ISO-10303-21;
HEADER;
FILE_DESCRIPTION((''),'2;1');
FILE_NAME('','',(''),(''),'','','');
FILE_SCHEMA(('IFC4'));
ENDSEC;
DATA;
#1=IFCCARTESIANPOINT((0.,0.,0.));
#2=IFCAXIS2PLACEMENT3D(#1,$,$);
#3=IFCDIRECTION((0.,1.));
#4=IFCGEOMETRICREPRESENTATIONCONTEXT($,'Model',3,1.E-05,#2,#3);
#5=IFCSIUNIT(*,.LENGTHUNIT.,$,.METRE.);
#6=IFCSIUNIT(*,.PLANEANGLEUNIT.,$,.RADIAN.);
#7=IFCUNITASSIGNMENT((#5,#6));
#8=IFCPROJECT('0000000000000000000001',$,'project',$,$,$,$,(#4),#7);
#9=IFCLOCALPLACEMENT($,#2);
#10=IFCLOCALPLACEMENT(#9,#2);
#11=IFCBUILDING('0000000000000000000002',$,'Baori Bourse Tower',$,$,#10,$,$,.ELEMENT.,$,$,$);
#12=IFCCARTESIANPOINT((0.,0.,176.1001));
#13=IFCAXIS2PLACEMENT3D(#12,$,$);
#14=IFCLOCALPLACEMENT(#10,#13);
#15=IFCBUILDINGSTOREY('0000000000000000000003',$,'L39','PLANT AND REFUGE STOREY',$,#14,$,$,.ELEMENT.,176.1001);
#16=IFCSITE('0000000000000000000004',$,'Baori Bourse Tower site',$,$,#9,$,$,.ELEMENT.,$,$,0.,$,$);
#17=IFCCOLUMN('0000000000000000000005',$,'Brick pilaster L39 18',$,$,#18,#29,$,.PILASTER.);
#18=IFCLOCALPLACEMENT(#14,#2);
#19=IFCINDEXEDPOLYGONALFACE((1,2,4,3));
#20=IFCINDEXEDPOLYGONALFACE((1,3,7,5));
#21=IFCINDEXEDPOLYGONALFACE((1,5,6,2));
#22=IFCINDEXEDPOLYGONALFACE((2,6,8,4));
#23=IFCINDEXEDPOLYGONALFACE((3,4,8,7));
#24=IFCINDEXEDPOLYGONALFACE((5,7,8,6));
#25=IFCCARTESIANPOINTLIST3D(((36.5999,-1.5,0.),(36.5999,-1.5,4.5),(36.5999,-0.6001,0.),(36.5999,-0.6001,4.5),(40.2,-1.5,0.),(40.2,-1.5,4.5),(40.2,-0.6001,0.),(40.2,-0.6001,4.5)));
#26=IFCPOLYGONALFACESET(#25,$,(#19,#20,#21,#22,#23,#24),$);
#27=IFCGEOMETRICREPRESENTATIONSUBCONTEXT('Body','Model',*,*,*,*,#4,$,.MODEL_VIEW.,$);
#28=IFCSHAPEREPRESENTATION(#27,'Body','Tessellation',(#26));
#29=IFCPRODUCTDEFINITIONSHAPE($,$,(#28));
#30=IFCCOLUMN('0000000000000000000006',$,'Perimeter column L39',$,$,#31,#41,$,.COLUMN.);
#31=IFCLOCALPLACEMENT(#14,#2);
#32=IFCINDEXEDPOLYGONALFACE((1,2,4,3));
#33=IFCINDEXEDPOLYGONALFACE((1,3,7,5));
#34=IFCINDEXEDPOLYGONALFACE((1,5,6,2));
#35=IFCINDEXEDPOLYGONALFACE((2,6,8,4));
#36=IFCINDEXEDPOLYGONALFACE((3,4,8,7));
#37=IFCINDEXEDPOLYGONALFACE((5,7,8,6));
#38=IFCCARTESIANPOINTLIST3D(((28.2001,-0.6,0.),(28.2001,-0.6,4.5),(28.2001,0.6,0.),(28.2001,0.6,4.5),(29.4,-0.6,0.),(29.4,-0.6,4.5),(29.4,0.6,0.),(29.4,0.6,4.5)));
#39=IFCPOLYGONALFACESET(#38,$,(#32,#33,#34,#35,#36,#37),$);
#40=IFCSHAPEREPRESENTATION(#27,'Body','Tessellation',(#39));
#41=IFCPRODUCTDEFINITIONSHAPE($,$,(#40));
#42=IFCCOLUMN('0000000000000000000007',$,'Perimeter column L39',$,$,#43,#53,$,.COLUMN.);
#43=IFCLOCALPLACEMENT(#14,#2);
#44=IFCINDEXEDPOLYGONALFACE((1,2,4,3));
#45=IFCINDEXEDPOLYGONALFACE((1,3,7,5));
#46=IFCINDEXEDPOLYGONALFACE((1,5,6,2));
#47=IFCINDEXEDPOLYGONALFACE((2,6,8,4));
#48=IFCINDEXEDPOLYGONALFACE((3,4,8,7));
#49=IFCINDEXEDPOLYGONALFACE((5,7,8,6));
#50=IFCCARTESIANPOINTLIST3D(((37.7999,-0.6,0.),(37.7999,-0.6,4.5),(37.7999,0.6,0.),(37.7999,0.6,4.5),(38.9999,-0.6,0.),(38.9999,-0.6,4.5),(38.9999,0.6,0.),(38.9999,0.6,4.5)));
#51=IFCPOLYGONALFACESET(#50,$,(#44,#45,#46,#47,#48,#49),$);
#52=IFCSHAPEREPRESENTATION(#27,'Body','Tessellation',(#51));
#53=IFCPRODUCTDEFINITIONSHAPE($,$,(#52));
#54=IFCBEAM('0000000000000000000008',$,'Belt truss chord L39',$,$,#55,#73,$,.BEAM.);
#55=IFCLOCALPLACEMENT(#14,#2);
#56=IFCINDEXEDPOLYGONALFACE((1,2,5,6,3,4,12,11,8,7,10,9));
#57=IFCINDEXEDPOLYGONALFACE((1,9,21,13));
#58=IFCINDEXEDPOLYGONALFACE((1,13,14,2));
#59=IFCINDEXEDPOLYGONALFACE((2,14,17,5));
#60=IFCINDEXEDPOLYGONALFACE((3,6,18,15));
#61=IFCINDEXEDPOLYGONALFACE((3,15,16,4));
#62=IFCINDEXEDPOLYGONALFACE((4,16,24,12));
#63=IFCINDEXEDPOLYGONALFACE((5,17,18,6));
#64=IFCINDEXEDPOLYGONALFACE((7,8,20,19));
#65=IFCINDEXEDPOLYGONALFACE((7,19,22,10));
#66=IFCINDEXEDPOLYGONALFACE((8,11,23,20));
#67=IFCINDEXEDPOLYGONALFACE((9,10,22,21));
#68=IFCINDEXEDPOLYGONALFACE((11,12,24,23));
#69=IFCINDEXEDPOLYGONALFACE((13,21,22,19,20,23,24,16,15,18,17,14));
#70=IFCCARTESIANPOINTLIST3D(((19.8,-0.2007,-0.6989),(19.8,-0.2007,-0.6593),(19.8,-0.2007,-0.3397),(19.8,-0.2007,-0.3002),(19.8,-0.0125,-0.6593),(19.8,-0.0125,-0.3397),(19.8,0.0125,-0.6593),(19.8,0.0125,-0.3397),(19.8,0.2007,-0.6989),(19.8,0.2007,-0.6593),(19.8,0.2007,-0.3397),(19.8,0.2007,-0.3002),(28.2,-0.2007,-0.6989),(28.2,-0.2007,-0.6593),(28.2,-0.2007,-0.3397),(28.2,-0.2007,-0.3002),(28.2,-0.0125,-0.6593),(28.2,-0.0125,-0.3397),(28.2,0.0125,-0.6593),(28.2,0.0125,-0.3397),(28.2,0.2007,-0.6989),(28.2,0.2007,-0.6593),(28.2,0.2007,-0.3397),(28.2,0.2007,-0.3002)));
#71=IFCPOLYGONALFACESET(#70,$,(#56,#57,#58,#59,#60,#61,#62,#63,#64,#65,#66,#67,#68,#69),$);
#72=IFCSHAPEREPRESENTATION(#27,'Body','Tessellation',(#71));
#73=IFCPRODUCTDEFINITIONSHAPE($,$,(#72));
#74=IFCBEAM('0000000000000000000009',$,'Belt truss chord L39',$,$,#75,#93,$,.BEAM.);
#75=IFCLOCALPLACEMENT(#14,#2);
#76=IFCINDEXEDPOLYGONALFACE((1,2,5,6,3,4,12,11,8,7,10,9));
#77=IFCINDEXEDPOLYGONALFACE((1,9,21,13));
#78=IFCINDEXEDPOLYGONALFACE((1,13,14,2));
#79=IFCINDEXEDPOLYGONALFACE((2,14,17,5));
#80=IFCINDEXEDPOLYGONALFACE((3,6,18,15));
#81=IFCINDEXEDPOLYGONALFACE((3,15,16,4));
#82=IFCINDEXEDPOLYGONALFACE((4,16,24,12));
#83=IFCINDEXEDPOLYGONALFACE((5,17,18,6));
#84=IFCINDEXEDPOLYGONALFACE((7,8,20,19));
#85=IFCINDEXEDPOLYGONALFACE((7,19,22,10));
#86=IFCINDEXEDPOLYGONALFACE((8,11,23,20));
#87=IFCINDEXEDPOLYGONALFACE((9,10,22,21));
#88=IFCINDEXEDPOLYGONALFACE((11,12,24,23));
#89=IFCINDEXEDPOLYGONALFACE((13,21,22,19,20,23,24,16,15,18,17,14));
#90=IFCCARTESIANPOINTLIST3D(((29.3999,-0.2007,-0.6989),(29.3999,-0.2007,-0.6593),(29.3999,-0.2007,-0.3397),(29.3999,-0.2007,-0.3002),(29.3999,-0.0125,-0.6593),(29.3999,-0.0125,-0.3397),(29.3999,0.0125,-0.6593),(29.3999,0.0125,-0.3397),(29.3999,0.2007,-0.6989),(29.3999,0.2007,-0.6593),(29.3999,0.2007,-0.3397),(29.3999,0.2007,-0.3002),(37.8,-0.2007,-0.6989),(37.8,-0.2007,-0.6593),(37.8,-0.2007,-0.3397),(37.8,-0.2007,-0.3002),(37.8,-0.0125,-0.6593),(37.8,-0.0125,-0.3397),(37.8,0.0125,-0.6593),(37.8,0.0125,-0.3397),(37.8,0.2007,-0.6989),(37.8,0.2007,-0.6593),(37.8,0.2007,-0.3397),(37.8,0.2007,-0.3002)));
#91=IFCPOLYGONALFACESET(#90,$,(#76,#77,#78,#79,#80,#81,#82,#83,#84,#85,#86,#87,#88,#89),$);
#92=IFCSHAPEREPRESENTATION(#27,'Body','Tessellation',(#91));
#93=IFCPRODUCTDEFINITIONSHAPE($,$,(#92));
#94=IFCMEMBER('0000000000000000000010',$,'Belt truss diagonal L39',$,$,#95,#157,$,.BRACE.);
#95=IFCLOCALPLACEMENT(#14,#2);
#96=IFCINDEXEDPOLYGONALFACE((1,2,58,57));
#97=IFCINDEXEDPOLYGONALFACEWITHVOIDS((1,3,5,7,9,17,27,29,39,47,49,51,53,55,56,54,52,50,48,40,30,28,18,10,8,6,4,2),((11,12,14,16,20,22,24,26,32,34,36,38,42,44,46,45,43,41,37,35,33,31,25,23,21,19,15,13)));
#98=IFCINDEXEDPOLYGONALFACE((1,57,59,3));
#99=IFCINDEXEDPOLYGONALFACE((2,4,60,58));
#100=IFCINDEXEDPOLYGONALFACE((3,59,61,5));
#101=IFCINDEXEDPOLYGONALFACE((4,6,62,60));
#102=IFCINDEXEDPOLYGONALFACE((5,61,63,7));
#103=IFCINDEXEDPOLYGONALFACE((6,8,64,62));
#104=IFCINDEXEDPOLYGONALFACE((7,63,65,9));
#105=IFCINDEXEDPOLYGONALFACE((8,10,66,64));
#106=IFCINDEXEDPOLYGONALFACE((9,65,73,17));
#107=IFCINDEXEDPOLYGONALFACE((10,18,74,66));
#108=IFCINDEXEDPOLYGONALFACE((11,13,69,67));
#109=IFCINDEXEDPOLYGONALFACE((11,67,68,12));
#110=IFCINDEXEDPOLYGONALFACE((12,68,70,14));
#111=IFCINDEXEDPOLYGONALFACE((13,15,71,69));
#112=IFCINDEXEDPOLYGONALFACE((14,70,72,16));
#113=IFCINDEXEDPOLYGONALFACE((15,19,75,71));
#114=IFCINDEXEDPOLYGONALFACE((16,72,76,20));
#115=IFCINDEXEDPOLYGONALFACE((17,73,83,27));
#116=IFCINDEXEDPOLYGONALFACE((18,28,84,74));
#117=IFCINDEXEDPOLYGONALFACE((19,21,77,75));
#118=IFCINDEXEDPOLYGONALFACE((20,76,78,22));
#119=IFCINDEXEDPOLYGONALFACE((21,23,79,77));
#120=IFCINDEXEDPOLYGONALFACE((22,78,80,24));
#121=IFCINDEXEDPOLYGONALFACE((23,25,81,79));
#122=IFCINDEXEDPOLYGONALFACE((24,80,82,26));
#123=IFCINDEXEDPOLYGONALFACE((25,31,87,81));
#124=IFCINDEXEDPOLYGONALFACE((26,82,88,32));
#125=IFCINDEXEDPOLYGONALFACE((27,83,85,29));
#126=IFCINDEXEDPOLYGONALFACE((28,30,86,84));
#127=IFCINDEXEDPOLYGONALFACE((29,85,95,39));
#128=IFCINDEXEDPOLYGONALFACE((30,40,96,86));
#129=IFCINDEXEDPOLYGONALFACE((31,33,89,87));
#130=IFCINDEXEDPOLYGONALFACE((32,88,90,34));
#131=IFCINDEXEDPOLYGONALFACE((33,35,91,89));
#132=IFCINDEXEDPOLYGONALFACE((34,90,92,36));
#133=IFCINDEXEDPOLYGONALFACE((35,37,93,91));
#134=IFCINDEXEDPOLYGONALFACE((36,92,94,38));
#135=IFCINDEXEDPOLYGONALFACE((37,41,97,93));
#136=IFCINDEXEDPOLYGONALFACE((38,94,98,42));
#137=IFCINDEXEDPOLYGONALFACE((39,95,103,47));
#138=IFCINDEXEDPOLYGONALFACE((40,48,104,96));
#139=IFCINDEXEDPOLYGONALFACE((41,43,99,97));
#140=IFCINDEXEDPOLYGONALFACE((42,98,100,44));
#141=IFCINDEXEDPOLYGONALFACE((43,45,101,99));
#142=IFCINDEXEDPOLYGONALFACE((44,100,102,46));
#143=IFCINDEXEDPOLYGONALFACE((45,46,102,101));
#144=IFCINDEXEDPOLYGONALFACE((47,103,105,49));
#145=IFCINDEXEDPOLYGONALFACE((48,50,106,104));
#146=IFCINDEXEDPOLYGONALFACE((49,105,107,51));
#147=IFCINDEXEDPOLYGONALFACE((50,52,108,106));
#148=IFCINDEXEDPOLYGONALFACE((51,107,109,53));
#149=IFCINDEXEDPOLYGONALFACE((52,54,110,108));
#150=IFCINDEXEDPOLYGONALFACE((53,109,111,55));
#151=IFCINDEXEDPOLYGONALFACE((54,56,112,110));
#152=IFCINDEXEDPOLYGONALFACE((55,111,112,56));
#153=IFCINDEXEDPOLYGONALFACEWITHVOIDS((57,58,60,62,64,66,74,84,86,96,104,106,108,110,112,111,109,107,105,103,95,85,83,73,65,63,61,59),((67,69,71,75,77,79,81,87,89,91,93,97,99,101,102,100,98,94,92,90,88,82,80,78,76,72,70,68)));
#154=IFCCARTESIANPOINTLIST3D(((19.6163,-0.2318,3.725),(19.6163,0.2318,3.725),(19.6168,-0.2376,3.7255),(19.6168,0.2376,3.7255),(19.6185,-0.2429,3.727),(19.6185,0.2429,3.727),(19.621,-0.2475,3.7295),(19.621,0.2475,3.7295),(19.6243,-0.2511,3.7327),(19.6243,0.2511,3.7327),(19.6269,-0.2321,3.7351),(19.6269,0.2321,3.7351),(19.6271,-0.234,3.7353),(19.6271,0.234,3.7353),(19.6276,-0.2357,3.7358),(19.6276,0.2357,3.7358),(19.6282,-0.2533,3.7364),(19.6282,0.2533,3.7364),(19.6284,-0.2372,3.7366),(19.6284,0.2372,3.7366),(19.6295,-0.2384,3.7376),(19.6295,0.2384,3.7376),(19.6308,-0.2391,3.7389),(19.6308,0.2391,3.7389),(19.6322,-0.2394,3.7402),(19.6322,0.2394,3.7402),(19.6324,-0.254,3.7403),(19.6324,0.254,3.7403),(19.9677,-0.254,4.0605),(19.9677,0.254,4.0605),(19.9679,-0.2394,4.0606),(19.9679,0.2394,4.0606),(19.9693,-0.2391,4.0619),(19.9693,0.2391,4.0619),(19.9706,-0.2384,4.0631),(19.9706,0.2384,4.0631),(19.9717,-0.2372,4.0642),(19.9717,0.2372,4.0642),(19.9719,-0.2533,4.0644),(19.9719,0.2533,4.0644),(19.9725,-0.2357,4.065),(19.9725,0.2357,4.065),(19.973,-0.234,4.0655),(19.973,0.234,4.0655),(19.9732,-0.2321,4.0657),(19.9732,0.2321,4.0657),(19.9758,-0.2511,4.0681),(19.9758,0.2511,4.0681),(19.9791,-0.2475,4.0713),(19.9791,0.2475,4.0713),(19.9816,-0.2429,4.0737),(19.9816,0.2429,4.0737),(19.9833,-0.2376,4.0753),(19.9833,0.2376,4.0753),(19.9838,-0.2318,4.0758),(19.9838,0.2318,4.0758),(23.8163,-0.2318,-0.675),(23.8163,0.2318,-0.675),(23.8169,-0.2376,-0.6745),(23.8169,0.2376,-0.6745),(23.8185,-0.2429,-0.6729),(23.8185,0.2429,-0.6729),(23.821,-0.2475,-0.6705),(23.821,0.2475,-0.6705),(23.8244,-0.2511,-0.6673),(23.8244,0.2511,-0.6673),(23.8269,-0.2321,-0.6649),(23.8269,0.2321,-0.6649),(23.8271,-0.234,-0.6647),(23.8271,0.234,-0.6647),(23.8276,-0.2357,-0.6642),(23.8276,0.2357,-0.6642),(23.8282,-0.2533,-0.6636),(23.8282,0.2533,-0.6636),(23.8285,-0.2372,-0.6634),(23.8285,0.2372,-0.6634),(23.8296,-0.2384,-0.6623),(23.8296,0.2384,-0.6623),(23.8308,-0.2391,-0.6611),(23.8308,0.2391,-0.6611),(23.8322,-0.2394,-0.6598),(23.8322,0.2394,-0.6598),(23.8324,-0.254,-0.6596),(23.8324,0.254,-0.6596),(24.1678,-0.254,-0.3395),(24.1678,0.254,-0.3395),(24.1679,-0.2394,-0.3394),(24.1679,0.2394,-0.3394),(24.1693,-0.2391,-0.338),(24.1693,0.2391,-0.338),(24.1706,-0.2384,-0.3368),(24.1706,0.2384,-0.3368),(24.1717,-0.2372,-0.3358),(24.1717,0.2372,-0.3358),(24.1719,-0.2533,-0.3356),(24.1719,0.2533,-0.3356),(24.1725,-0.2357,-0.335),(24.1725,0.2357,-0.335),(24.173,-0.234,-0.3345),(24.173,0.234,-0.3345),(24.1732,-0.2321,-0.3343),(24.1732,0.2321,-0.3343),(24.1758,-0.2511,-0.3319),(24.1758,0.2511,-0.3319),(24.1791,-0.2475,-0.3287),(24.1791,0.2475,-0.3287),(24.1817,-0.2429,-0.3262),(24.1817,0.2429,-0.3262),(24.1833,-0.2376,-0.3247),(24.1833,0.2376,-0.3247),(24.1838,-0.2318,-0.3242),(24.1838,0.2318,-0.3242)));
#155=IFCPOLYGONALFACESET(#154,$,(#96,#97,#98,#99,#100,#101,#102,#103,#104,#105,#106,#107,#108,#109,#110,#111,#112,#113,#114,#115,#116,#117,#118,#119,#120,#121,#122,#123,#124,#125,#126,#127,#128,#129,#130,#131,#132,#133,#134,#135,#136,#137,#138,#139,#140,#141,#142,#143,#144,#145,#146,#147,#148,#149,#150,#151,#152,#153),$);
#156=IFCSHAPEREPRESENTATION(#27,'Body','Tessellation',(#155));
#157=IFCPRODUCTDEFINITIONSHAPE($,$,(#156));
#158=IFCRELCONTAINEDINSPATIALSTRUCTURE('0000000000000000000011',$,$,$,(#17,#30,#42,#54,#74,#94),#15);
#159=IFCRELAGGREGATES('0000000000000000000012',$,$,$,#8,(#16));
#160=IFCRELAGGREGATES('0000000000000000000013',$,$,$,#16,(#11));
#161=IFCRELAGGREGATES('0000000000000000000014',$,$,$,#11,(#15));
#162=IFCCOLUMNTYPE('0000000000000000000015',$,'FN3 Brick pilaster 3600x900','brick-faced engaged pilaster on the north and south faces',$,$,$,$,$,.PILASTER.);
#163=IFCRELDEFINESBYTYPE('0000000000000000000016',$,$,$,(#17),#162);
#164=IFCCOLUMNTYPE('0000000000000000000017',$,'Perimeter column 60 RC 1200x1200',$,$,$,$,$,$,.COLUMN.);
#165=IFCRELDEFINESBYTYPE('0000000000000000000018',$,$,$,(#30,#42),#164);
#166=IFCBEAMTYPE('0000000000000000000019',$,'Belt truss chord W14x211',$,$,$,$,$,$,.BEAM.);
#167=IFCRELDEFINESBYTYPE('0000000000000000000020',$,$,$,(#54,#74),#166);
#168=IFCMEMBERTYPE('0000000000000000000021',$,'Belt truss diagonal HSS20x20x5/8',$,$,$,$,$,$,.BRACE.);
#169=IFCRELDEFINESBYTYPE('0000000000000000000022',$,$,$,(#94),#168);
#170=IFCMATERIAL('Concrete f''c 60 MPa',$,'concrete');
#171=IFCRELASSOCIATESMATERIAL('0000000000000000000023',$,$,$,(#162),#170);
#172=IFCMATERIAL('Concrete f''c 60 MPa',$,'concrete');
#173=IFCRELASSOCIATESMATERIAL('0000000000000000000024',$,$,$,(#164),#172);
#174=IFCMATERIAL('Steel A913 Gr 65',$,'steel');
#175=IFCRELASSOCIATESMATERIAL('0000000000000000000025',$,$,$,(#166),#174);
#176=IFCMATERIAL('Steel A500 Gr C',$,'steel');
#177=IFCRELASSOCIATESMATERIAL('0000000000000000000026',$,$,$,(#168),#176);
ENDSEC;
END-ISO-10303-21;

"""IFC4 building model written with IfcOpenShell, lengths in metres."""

from ifc_helpers import new_model, si_unit, direction, frame, origin, origin_2d, place, context, subcontext, project, spatial, rectangle, hollow_rectangle, i_section, extrude, material, material_profile, profile_set, type_object, element, save


model = new_model("IFC4")

# Units and contexts
model_context = context("Model", 3, precision=1e-05, world=origin(), true_north=direction((0.0, 1.0)))
body_context = subcontext(model_context, "Body", "Model", "MODEL_VIEW")
ifc_project = project(units=[si_unit("LENGTHUNIT", "METRE"), si_unit("PLANEANGLEUNIT", "RADIAN")], contexts=[model_context])

# Site, building, storey
site_placement = place(None, origin())
site = spatial("IfcSite", under=ifc_project, at=site_placement, Name="Baori Bourse Tower site", CompositionType="ELEMENT", RefElevation=0.0)
building_placement = place(site_placement, origin())
building = spatial("IfcBuilding", under=site, at=building_placement, Name="Baori Bourse Tower", CompositionType="ELEMENT")
storey_placement = place(building_placement, frame((0.0, 0.0, 176.1001)))
storey = spatial("IfcBuildingStorey", under=building, at=storey_placement, Name="L39", Description="PLANT AND REFUGE STOREY", CompositionType="ELEMENT", Elevation=176.1001)

# Columns
ifc_material_1 = material(Name="Concrete f'c 60 MPa", Category="concrete")
ifc_material_profile_1 = material_profile(ifc_material_1, rectangle(XDim=3.6001, YDim=0.8999, at=origin_2d()), Name="RC 3600x900")
ifc_profile_set_1 = profile_set([ifc_material_profile_1], Name="Concrete f'c 60 MPa")
column_type_1 = type_object("IfcColumnType", Name="FN3 Brick pilaster 3600x900", Description="brick-faced engaged pilaster on the north and south faces", PredefinedType="PILASTER", material=ifc_profile_set_1)
column_placement = place(storey_placement, frame((38.3999, -1.05, 0.0), z_axis=(0.0, 0.0, 1.0), x_axis=(1.0, 0.0, 0.0)))
element("IfcColumn", 1, at=column_placement, inside=storey, type_object=column_type_1, Name="Brick pilaster L39 18", PredefinedType="PILASTER", context=body_context, shape_type="SweptSolid", body=[
    extrude(rectangle(XDim=3.6001, YDim=0.8999, at=origin_2d()), origin(), (0.0, 0.0, 1.0), 4.5),
])
ifc_material_2 = material(Name="Concrete f'c 60 MPa", Category="concrete")
ifc_material_profile_2 = material_profile(ifc_material_2, rectangle(XDim=1.2, YDim=1.2, at=origin_2d()), Name="RC 1200x1200")
ifc_profile_set_2 = profile_set([ifc_material_profile_2], Name="Concrete f'c 60 MPa")
column_type_2 = type_object("IfcColumnType", Name="Perimeter column 60 RC 1200x1200", PredefinedType="COLUMN", material=ifc_profile_set_2)
for number, where, z_axis, x_axis, name in (
    (2, (28.8, 0.0, 0.0), (0.0, 0.0, 1.0), (1.0, 0.0, 0.0), "Perimeter column L39"),
    (3, (38.3999, 0.0, 0.0), (0.0, 0.0, 1.0), (1.0, 0.0, 0.0), "Perimeter column L39"),
):
    element("IfcColumn", number, at=place(storey_placement, frame(where, z_axis=z_axis, x_axis=x_axis)), inside=storey, type_object=column_type_2, Name=name, PredefinedType="COLUMN", context=body_context, shape_type="SweptSolid", body=[
        extrude(rectangle(XDim=1.2, YDim=1.2, at=origin_2d()), origin(), (0.0, 0.0, 1.0), 4.5),
    ])

# Beams
ifc_material_3 = material(Name="Steel A913 Gr 65", Category="steel")
ifc_material_profile_3 = material_profile(ifc_material_3, i_section(OverallWidth=0.4014, OverallDepth=0.3987, WebThickness=0.0249, FlangeThickness=0.0396, at=origin_2d()), Name="W14x211")
ifc_profile_set_3 = profile_set([ifc_material_profile_3], Name="Steel A913 Gr 65")
beam_type = type_object("IfcBeamType", Name="Belt truss chord W14x211", PredefinedType="BEAM", material=ifc_profile_set_3)
beam_1_placement = place(storey_placement, frame((19.8, 0.0, -0.4995), z_axis=(1.0, 0.0, 0.0), x_axis=(0.0, 1.0, 0.0)))
element("IfcBeam", 4, at=beam_1_placement, inside=storey, type_object=beam_type, Name="Belt truss chord L39", PredefinedType="BEAM", context=body_context, shape_type="SweptSolid", body=[
    extrude(i_section(OverallWidth=0.4014, OverallDepth=0.3987, WebThickness=0.0249, FlangeThickness=0.0396, at=origin_2d()), origin(), (0.0, 0.0, 1.0), 8.3999),
])
beam_2_placement = place(storey_placement, frame((29.3999, 0.0, -0.4995), z_axis=(1.0, 0.0, 0.0), x_axis=(0.0, 1.0, 0.0)))
element("IfcBeam", 5, at=beam_2_placement, inside=storey, type_object=beam_type, Name="Belt truss chord L39", PredefinedType="BEAM", context=body_context, shape_type="SweptSolid", body=[
    extrude(i_section(OverallWidth=0.4014, OverallDepth=0.3987, WebThickness=0.0249, FlangeThickness=0.0396, at=origin_2d()), origin(), (0.0, 0.0, 1.0), 8.4001),
])

# Member
ifc_material_4 = material(Name="Steel A500 Gr C", Category="steel")
ifc_material_profile_4 = material_profile(ifc_material_4, hollow_rectangle(XDim=0.5081, YDim=0.5081, WallThickness=0.0146, InnerFilletRadius=0.0073, OuterFilletRadius=0.0222, at=origin_2d()), Name="HSS20x20x5/8")
ifc_profile_set_4 = profile_set([ifc_material_profile_4], Name="Steel A500 Gr C")
member_type_1 = type_object("IfcMemberType", Name="Belt truss diagonal HSS20x20x5/8", PredefinedType="BRACE", material=ifc_profile_set_4)
for number, where, z_axis, x_axis, name in (
    (6, (19.8, 0.0, 3.9004), (0.69048, 0.0, -0.723352), (0.0, 1.0, 0.0), "Belt truss diagonal L39"),
):
    element("IfcMember", number, at=place(storey_placement, frame(where, z_axis=z_axis, x_axis=x_axis)), inside=storey, type_object=member_type_1, Name=name, PredefinedType="BRACE", context=body_context, shape_type="SweptSolid", body=[
        extrude(hollow_rectangle(XDim=0.5081, YDim=0.5081, WallThickness=0.0146, InnerFilletRadius=0.0073, OuterFilletRadius=0.0222, at=origin_2d()), origin(), (0.0, 0.0, 1.0), 6.0828),
    ])

save(model, "model.ifc")
